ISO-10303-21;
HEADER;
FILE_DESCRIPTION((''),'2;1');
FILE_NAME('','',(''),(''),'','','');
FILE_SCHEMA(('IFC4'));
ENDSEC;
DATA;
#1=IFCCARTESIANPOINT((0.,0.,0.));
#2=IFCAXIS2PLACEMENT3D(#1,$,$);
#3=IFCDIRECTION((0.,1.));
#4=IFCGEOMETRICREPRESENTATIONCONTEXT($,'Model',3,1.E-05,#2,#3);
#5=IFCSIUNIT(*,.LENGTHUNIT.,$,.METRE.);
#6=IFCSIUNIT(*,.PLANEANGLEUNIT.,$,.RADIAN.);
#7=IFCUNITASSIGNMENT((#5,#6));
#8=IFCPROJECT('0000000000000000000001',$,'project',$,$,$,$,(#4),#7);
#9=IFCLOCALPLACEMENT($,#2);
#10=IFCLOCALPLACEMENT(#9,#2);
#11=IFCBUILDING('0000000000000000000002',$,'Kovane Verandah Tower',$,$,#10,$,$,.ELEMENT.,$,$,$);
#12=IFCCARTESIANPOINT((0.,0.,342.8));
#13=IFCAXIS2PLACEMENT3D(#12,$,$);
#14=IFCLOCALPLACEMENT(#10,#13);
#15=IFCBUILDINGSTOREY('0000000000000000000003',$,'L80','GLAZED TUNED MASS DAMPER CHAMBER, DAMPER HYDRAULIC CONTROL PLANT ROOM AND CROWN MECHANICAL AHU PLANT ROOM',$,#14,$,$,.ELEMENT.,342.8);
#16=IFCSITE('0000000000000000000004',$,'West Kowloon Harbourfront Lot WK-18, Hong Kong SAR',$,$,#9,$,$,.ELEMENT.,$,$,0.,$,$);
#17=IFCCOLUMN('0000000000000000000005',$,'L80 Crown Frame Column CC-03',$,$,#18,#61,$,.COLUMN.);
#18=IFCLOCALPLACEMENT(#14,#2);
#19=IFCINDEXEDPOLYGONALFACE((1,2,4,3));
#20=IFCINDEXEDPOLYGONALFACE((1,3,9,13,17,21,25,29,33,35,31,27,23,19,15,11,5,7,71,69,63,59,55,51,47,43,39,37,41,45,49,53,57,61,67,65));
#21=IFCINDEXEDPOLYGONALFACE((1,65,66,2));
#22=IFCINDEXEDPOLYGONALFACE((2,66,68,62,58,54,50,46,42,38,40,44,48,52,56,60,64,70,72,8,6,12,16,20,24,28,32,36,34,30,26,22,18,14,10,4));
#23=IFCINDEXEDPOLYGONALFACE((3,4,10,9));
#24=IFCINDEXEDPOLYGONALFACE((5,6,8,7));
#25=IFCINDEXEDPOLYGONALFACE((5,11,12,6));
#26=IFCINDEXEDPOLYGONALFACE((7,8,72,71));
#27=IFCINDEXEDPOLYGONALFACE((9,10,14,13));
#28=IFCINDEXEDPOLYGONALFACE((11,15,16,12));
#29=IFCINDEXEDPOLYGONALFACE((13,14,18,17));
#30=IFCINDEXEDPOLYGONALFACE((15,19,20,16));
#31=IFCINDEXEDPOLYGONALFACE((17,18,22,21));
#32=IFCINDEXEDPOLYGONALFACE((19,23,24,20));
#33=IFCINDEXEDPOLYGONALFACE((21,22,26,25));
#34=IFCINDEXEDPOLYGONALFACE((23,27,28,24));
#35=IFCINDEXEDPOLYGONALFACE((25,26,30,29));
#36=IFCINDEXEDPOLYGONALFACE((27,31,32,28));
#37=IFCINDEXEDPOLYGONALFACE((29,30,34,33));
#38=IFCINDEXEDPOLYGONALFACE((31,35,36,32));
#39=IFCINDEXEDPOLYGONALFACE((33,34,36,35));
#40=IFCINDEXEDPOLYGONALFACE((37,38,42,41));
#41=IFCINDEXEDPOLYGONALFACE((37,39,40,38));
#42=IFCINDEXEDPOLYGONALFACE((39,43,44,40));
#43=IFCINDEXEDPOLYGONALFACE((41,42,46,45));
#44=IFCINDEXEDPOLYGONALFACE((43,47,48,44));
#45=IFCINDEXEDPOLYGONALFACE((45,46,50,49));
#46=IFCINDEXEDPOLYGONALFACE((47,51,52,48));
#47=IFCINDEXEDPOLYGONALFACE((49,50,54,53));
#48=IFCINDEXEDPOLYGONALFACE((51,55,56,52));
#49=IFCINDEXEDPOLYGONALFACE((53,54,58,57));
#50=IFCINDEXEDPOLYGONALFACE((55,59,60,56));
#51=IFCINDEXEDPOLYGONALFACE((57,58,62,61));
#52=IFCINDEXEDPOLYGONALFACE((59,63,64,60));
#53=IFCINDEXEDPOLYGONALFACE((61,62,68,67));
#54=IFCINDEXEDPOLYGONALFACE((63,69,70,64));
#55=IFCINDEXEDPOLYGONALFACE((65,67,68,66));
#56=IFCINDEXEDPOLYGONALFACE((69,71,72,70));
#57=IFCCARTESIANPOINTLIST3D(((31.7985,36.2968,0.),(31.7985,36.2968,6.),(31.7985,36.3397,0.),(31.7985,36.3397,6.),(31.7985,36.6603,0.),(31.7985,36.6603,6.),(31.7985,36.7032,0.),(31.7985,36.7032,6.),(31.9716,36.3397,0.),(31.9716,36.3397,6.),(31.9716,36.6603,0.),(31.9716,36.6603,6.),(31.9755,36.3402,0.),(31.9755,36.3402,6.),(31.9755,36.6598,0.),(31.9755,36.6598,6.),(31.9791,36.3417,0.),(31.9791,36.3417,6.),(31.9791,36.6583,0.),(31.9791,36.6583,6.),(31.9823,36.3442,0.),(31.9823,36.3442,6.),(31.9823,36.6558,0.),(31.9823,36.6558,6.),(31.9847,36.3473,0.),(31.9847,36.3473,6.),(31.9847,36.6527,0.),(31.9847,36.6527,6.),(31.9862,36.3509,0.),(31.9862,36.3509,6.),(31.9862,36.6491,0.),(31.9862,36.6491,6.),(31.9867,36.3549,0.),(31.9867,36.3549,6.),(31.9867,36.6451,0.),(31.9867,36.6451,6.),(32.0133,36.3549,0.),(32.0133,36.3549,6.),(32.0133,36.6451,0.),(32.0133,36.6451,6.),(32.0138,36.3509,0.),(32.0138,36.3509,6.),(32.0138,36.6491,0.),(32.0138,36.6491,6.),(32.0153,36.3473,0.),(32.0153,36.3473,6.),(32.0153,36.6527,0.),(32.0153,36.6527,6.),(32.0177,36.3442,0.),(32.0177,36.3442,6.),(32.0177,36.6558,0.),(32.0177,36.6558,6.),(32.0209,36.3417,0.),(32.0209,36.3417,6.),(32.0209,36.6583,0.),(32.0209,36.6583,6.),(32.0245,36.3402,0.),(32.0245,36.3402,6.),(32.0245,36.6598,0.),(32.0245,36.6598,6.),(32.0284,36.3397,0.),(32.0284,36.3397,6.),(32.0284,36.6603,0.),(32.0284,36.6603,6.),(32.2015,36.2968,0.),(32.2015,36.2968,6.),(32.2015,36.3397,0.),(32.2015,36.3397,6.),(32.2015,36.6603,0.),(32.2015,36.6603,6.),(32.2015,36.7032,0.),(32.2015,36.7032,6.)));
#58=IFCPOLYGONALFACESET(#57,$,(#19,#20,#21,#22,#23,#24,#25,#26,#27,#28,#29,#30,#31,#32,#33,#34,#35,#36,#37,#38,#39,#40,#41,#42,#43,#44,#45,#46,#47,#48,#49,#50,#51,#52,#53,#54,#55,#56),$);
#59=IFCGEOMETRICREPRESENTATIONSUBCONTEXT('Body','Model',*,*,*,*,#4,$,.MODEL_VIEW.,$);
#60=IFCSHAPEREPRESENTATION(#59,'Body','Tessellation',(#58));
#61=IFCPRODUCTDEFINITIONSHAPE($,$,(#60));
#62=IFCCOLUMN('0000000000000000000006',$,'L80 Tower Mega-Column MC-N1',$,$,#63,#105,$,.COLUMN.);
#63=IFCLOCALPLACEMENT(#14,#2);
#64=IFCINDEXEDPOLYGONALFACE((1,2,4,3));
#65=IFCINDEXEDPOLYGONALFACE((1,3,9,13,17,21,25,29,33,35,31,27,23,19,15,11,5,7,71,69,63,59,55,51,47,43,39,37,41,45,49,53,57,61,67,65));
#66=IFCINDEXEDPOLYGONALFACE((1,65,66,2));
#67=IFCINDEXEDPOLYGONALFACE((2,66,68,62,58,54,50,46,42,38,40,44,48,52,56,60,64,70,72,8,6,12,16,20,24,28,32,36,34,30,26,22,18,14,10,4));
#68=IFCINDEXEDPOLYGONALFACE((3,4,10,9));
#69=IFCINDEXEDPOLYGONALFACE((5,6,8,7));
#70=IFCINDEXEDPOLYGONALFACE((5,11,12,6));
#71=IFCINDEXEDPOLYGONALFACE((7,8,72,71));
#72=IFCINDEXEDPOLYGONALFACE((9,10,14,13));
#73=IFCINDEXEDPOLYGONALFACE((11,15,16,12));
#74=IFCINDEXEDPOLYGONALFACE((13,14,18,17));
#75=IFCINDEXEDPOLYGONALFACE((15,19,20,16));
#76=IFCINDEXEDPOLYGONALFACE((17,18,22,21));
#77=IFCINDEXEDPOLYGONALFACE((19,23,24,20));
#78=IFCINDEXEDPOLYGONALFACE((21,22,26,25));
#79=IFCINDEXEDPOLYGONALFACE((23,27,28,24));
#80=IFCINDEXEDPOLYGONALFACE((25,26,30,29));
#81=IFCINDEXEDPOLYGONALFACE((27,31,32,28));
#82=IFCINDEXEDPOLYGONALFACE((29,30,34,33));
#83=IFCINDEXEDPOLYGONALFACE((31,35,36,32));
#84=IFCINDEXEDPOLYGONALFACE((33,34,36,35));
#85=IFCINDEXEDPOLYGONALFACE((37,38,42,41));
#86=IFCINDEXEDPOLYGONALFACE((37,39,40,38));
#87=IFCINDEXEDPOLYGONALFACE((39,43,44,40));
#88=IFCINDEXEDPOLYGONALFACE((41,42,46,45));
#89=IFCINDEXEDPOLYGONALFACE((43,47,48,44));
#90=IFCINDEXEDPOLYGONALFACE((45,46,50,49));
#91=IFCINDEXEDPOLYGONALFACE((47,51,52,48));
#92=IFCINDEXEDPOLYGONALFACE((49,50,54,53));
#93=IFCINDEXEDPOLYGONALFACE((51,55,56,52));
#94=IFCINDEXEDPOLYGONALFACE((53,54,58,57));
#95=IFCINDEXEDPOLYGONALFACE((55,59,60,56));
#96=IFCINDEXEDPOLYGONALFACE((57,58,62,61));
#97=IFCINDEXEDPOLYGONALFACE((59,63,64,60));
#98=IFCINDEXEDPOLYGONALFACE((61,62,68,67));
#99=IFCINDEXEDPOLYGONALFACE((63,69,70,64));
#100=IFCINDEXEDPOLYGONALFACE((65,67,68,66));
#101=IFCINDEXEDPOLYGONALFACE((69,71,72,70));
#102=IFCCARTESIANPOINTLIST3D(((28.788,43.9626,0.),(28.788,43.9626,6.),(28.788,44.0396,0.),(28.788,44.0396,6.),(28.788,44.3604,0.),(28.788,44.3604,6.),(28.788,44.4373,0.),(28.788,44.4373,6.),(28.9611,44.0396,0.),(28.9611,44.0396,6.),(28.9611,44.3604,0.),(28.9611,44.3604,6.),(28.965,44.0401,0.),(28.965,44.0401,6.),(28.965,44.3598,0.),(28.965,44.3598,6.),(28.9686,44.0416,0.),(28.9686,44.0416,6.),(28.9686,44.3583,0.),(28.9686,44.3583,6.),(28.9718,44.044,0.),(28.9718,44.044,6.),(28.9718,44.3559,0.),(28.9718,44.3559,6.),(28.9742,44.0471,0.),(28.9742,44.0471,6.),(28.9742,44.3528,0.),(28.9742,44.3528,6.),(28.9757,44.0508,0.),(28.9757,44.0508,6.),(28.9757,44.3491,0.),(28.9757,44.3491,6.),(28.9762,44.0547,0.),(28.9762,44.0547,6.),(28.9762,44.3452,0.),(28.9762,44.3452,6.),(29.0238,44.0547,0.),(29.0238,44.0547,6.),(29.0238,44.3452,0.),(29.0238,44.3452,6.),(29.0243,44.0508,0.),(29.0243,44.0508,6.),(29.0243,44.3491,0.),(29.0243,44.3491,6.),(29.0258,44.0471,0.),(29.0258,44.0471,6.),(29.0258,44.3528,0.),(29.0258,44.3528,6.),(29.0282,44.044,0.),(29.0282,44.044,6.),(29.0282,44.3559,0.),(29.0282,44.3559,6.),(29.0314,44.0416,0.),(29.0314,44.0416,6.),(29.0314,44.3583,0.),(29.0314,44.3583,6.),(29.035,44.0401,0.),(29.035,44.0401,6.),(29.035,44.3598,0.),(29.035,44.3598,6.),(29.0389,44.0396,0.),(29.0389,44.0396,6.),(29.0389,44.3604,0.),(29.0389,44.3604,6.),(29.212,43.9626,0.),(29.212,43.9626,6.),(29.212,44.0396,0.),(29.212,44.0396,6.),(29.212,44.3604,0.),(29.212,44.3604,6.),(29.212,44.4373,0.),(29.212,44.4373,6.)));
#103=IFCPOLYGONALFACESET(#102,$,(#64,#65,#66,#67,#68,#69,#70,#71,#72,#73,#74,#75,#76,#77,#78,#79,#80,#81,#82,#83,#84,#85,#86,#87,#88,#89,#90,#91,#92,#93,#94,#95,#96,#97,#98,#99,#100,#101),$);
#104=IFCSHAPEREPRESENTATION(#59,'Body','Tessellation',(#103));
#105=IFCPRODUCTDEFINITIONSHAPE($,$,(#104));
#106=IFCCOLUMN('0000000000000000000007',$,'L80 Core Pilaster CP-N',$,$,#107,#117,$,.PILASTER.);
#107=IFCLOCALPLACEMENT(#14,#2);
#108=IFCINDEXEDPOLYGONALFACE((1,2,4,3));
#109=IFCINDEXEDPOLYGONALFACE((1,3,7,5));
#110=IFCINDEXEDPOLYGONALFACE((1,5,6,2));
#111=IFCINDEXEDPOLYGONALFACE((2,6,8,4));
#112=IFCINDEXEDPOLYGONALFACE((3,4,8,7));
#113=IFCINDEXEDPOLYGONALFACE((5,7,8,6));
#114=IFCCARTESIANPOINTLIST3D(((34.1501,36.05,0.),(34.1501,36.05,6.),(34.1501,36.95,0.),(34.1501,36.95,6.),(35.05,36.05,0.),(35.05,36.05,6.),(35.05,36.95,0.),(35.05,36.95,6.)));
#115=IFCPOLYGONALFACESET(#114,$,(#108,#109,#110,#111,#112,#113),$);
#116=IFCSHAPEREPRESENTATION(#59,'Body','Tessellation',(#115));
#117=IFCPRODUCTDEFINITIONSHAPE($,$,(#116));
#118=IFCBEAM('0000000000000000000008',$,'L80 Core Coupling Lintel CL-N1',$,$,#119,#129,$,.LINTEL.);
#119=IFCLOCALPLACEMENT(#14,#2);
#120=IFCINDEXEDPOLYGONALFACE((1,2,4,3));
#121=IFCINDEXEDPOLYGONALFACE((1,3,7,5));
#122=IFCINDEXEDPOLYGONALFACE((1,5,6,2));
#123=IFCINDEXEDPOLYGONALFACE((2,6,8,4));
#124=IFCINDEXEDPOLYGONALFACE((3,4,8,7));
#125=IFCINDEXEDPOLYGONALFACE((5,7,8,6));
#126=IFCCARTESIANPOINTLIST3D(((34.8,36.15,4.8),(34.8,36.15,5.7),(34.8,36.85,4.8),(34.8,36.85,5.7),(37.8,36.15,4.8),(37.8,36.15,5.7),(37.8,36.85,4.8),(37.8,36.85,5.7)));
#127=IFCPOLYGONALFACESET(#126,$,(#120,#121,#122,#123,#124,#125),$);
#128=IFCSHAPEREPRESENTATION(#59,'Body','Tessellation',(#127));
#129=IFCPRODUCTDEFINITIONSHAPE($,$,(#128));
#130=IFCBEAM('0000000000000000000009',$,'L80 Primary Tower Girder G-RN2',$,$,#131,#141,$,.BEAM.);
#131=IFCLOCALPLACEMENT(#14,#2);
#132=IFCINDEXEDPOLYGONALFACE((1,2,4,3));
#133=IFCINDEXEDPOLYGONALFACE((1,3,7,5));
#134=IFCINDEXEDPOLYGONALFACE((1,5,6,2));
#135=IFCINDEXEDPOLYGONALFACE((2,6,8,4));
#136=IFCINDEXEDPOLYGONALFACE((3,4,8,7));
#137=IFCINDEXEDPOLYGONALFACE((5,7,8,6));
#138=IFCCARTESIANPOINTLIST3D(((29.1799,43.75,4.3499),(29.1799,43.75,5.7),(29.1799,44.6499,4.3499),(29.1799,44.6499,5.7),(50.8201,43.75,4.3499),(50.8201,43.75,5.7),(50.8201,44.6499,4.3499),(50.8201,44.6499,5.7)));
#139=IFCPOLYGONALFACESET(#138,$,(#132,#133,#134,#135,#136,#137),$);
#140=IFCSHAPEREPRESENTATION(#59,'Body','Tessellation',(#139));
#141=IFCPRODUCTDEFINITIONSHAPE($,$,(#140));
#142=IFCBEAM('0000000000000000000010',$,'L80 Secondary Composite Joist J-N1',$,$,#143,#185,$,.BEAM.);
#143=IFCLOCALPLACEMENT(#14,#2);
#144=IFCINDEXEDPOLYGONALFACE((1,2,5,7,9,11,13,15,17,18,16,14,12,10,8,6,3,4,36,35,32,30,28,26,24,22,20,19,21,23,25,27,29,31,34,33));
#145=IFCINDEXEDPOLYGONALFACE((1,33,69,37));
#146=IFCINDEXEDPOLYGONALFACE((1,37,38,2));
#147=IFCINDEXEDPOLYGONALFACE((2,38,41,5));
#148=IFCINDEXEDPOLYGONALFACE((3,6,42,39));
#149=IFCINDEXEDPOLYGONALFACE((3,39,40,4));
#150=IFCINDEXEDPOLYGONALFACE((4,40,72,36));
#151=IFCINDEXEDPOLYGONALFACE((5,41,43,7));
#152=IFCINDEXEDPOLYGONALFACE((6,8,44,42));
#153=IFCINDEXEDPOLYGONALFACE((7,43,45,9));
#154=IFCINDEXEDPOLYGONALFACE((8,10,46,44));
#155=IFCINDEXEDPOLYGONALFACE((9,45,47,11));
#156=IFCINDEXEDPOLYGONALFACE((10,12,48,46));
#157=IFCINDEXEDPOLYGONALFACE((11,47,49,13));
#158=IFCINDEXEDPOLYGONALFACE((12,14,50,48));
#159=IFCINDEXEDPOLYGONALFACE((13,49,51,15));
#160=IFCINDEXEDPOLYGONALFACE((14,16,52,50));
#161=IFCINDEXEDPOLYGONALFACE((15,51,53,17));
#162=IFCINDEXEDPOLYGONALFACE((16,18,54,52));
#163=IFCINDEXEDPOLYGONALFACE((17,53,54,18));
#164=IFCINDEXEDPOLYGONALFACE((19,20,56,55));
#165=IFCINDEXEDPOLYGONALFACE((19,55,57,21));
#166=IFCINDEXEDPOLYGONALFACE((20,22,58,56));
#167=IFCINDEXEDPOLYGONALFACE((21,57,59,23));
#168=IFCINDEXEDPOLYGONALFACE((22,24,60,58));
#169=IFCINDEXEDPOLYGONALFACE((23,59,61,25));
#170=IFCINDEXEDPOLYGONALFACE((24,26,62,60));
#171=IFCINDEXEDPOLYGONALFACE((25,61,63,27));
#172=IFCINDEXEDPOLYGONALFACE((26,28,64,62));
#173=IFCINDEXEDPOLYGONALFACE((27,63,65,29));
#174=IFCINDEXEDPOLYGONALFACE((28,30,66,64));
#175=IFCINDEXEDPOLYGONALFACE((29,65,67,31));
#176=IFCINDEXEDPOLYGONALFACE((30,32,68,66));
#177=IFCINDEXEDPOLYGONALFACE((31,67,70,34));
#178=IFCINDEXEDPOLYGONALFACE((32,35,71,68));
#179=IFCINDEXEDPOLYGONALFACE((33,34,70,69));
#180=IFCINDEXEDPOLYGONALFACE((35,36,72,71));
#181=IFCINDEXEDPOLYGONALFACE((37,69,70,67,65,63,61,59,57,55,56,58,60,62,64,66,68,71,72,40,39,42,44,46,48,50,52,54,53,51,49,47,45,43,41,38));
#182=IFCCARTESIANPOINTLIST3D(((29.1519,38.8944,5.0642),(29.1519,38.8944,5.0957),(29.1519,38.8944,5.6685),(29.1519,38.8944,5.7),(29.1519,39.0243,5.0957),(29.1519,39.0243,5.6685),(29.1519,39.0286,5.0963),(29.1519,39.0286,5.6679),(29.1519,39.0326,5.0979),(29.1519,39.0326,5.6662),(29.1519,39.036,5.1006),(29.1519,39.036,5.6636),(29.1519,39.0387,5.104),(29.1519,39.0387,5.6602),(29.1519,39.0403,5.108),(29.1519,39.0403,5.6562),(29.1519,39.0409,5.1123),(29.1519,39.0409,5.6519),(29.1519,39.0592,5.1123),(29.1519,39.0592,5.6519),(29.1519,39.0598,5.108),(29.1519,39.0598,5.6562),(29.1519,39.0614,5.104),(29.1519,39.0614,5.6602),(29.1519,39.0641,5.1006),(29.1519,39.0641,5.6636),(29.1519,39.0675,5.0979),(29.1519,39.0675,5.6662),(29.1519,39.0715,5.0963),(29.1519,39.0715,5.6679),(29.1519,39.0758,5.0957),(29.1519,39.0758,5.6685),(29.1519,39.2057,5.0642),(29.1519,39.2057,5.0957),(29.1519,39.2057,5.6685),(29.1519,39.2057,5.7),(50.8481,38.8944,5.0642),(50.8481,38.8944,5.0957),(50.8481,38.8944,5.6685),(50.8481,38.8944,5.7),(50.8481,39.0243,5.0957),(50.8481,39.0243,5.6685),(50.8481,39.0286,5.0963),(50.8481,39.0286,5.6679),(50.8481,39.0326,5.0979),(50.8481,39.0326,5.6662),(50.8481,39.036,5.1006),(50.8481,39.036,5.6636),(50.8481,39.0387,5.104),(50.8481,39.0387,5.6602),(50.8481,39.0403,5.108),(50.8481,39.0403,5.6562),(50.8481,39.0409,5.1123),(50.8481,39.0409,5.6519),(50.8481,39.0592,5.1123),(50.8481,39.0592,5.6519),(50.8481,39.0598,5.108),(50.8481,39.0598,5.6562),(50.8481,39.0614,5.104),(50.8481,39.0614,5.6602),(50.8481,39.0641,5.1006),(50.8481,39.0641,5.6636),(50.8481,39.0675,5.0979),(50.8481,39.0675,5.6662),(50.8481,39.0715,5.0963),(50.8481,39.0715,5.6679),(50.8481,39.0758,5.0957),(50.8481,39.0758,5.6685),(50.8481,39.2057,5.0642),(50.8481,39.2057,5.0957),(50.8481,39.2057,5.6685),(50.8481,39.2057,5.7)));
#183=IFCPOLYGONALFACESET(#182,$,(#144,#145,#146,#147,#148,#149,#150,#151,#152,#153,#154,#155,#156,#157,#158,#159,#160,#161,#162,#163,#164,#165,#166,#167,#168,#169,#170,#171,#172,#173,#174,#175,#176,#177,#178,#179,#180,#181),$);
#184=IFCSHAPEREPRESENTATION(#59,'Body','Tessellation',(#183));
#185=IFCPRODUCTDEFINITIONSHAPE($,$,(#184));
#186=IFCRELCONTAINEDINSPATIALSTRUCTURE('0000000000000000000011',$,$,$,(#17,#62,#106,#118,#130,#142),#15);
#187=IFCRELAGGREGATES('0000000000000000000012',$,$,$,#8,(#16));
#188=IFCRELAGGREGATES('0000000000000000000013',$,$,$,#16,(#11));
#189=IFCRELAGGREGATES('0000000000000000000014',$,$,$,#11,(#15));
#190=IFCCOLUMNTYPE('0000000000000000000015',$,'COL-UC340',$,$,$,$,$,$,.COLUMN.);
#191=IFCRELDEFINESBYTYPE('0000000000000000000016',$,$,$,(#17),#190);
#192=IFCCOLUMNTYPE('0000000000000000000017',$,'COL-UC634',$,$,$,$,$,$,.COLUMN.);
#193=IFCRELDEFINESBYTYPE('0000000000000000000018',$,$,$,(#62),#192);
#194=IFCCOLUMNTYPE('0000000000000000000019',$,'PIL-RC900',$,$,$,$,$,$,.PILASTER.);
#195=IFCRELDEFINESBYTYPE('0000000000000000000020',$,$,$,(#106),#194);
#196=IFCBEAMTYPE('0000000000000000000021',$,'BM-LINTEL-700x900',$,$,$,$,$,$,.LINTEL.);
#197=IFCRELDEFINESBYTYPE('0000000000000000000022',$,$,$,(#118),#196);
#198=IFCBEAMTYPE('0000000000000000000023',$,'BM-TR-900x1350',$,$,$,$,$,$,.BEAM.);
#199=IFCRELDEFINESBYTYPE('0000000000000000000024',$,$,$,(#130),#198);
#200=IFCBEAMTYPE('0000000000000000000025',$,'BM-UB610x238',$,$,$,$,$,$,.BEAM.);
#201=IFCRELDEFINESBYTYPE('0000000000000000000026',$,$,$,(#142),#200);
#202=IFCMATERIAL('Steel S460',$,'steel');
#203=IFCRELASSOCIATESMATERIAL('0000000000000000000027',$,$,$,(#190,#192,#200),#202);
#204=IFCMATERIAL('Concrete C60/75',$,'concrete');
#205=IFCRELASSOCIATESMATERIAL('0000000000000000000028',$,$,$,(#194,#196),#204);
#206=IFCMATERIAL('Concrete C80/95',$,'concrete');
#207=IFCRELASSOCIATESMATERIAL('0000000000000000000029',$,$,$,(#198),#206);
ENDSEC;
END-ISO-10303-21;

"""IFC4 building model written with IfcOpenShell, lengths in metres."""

from ifc_helpers import new_model, si_unit, direction, frame, origin, origin_2d, place, context, subcontext, project, spatial, rectangle, i_section, extrude, material, material_profile, profile_set, type_object, element, save


model = new_model("IFC4")

# Units and contexts
model_context = context("Model", 3, precision=1e-05, world=origin(), true_north=direction((0.0, 1.0)))
body_context = subcontext(model_context, "Body", "Model", "MODEL_VIEW")
ifc_project = project(units=[si_unit("LENGTHUNIT", "METRE"), si_unit("PLANEANGLEUNIT", "RADIAN")], contexts=[model_context])

# Site, building, storey
site_placement = place(None, origin())
site = spatial("IfcSite", under=ifc_project, at=site_placement, Name="West Kowloon Harbourfront Lot WK-18, Hong Kong SAR", CompositionType="ELEMENT", RefElevation=0.0)
building_placement = place(site_placement, origin())
building = spatial("IfcBuilding", under=site, at=building_placement, Name="Kovane Verandah Tower", CompositionType="ELEMENT")
storey_placement = place(building_placement, frame((0.0, 0.0, 342.8)))
storey = spatial("IfcBuildingStorey", under=building, at=storey_placement, Name="L80", Description="GLAZED TUNED MASS DAMPER CHAMBER, DAMPER HYDRAULIC CONTROL PLANT ROOM AND CROWN MECHANICAL AHU PLANT ROOM", CompositionType="ELEMENT", Elevation=342.8)

# Columns
ifc_material_1 = material(Name="Steel S460", Category="steel")
ifc_material_profile_1 = material_profile(ifc_material_1, i_section(OverallWidth=0.4031, OverallDepth=0.4065, WebThickness=0.0266, FlangeThickness=0.043, FilletRadius=0.0151, at=origin_2d()), Name="UC356x406x340")
ifc_profile_set_1 = profile_set([ifc_material_profile_1], Name="Steel S460")
column_type_1 = type_object("IfcColumnType", Name="COL-UC340", PredefinedType="COLUMN", material=ifc_profile_set_1)
column_1_placement = place(storey_placement, frame((32.0, 36.5, 0.0), z_axis=(0.0, 0.0, 1.0), x_axis=(1.0, 0.0, 0.0)))
element("IfcColumn", 1, at=column_1_placement, inside=storey, type_object=column_type_1, Name="L80 Crown Frame Column CC-03", PredefinedType="COLUMN", context=body_context, shape_type="SweptSolid", body=[
    extrude(i_section(OverallWidth=0.4031, OverallDepth=0.4065, WebThickness=0.0266, FlangeThickness=0.043, FilletRadius=0.0151, at=origin_2d()), origin(), (0.0, 0.0, 1.0), 6.0),
])
ifc_material_profile_2 = material_profile(ifc_material_1, i_section(OverallWidth=0.4241, OverallDepth=0.4746, WebThickness=0.0476, FlangeThickness=0.0769, FilletRadius=0.0151, at=origin_2d()), Name="UC356x406x634")
ifc_profile_set_2 = profile_set([ifc_material_profile_2], Name="Steel S460")
column_type_2 = type_object("IfcColumnType", Name="COL-UC634", PredefinedType="COLUMN", material=ifc_profile_set_2)
column_2_placement = place(storey_placement, frame((29.0, 44.2, 0.0), z_axis=(0.0, 0.0, 1.0), x_axis=(1.0, 0.0, 0.0)))
element("IfcColumn", 2, at=column_2_placement, inside=storey, type_object=column_type_2, Name="L80 Tower Mega-Column MC-N1", PredefinedType="COLUMN", context=body_context, shape_type="SweptSolid", body=[
    extrude(i_section(OverallWidth=0.4241, OverallDepth=0.4746, WebThickness=0.0476, FlangeThickness=0.0769, FilletRadius=0.0151, at=origin_2d()), origin(), (0.0, 0.0, 1.0), 6.0),
])
ifc_material_2 = material(Name="Concrete C60/75", Category="concrete")
ifc_material_profile_3 = material_profile(ifc_material_2, rectangle(XDim=0.8999, YDim=0.8999, at=origin_2d()), Name="RC900x900")
ifc_profile_set_3 = profile_set([ifc_material_profile_3], Name="Concrete C60/75")
column_type_3 = type_object("IfcColumnType", Name="PIL-RC900", PredefinedType="PILASTER", material=ifc_profile_set_3)
column_3_placement = place(storey_placement, frame((34.6001, 36.5, 0.0), z_axis=(0.0, 0.0, 1.0), x_axis=(1.0, 0.0, 0.0)))
element("IfcColumn", 3, at=column_3_placement, inside=storey, type_object=column_type_3, Name="L80 Core Pilaster CP-N", PredefinedType="PILASTER", context=body_context, shape_type="SweptSolid", body=[
    extrude(rectangle(XDim=0.8999, YDim=0.8999, at=origin_2d()), origin(), (0.0, 0.0, 1.0), 6.0),
])

# Beams
ifc_material_profile_4 = material_profile(ifc_material_2, rectangle(XDim=0.7, YDim=0.8999, at=origin_2d()), Name="RCB700x900")
ifc_profile_set_4 = profile_set([ifc_material_profile_4], Name="Concrete C60/75")
beam_type_1 = type_object("IfcBeamType", Name="BM-LINTEL-700x900", PredefinedType="LINTEL", material=ifc_profile_set_4)
beam_1_placement = place(storey_placement, frame((34.8, 36.5, 5.25), z_axis=(1.0, 0.0, 0.0), x_axis=(0.0, 1.0, 0.0)))
element("IfcBeam", 4, at=beam_1_placement, inside=storey, type_object=beam_type_1, Name="L80 Core Coupling Lintel CL-N1", PredefinedType="LINTEL", context=body_context, shape_type="SweptSolid", body=[
    extrude(rectangle(XDim=0.7, YDim=0.8999, at=origin_2d()), origin(), (0.0, 0.0, 1.0), 3.0),
])
ifc_material_3 = material(Name="Concrete C80/95", Category="concrete")
ifc_material_profile_5 = material_profile(ifc_material_3, rectangle(XDim=0.8999, YDim=1.3501, at=origin_2d()), Name="RCB900x1350")
ifc_profile_set_5 = profile_set([ifc_material_profile_5], Name="Concrete C80/95")
beam_type_2 = type_object("IfcBeamType", Name="BM-TR-900x1350", PredefinedType="BEAM", material=ifc_profile_set_5)
beam_2_placement = place(storey_placement, frame((29.1799, 44.2, 5.0249), z_axis=(1.0, 0.0, 0.0), x_axis=(0.0, 1.0, 0.0)))
element("IfcBeam", 5, at=beam_2_placement, inside=storey, type_object=beam_type_2, Name="L80 Primary Tower Girder G-RN2", PredefinedType="BEAM", context=body_context, shape_type="SweptSolid", body=[
    extrude(rectangle(XDim=0.8999, YDim=1.3501, at=origin_2d()), origin(), (0.0, 0.0, 1.0), 21.6401),
])
ifc_material_profile_6 = material_profile(ifc_material_1, i_section(OverallWidth=0.3113, OverallDepth=0.6357, WebThickness=0.0183, FlangeThickness=0.0315, FilletRadius=0.0166, at=origin_2d()), Name="UB610x305x238")
ifc_profile_set_6 = profile_set([ifc_material_profile_6], Name="Steel S460")
beam_type_3 = type_object("IfcBeamType", Name="BM-UB610x238", PredefinedType="BEAM", material=ifc_profile_set_6)
for number, where, z_axis, x_axis, name in (
    (6, (29.1519, 39.05, 5.3821), (1.0, 0.0, 0.0), (0.0, 1.0, 0.0), "L80 Secondary Composite Joist J-N1"),
):
    element("IfcBeam", number, at=place(storey_placement, frame(where, z_axis=z_axis, x_axis=x_axis)), inside=storey, type_object=beam_type_3, Name=name, PredefinedType="BEAM", context=body_context, shape_type="SweptSolid", body=[
        extrude(i_section(OverallWidth=0.3113, OverallDepth=0.6357, WebThickness=0.0183, FlangeThickness=0.0315, FilletRadius=0.0166, at=origin_2d()), origin(), (0.0, 0.0, 1.0), 21.6963),
    ])

save(model, "model.ifc")
